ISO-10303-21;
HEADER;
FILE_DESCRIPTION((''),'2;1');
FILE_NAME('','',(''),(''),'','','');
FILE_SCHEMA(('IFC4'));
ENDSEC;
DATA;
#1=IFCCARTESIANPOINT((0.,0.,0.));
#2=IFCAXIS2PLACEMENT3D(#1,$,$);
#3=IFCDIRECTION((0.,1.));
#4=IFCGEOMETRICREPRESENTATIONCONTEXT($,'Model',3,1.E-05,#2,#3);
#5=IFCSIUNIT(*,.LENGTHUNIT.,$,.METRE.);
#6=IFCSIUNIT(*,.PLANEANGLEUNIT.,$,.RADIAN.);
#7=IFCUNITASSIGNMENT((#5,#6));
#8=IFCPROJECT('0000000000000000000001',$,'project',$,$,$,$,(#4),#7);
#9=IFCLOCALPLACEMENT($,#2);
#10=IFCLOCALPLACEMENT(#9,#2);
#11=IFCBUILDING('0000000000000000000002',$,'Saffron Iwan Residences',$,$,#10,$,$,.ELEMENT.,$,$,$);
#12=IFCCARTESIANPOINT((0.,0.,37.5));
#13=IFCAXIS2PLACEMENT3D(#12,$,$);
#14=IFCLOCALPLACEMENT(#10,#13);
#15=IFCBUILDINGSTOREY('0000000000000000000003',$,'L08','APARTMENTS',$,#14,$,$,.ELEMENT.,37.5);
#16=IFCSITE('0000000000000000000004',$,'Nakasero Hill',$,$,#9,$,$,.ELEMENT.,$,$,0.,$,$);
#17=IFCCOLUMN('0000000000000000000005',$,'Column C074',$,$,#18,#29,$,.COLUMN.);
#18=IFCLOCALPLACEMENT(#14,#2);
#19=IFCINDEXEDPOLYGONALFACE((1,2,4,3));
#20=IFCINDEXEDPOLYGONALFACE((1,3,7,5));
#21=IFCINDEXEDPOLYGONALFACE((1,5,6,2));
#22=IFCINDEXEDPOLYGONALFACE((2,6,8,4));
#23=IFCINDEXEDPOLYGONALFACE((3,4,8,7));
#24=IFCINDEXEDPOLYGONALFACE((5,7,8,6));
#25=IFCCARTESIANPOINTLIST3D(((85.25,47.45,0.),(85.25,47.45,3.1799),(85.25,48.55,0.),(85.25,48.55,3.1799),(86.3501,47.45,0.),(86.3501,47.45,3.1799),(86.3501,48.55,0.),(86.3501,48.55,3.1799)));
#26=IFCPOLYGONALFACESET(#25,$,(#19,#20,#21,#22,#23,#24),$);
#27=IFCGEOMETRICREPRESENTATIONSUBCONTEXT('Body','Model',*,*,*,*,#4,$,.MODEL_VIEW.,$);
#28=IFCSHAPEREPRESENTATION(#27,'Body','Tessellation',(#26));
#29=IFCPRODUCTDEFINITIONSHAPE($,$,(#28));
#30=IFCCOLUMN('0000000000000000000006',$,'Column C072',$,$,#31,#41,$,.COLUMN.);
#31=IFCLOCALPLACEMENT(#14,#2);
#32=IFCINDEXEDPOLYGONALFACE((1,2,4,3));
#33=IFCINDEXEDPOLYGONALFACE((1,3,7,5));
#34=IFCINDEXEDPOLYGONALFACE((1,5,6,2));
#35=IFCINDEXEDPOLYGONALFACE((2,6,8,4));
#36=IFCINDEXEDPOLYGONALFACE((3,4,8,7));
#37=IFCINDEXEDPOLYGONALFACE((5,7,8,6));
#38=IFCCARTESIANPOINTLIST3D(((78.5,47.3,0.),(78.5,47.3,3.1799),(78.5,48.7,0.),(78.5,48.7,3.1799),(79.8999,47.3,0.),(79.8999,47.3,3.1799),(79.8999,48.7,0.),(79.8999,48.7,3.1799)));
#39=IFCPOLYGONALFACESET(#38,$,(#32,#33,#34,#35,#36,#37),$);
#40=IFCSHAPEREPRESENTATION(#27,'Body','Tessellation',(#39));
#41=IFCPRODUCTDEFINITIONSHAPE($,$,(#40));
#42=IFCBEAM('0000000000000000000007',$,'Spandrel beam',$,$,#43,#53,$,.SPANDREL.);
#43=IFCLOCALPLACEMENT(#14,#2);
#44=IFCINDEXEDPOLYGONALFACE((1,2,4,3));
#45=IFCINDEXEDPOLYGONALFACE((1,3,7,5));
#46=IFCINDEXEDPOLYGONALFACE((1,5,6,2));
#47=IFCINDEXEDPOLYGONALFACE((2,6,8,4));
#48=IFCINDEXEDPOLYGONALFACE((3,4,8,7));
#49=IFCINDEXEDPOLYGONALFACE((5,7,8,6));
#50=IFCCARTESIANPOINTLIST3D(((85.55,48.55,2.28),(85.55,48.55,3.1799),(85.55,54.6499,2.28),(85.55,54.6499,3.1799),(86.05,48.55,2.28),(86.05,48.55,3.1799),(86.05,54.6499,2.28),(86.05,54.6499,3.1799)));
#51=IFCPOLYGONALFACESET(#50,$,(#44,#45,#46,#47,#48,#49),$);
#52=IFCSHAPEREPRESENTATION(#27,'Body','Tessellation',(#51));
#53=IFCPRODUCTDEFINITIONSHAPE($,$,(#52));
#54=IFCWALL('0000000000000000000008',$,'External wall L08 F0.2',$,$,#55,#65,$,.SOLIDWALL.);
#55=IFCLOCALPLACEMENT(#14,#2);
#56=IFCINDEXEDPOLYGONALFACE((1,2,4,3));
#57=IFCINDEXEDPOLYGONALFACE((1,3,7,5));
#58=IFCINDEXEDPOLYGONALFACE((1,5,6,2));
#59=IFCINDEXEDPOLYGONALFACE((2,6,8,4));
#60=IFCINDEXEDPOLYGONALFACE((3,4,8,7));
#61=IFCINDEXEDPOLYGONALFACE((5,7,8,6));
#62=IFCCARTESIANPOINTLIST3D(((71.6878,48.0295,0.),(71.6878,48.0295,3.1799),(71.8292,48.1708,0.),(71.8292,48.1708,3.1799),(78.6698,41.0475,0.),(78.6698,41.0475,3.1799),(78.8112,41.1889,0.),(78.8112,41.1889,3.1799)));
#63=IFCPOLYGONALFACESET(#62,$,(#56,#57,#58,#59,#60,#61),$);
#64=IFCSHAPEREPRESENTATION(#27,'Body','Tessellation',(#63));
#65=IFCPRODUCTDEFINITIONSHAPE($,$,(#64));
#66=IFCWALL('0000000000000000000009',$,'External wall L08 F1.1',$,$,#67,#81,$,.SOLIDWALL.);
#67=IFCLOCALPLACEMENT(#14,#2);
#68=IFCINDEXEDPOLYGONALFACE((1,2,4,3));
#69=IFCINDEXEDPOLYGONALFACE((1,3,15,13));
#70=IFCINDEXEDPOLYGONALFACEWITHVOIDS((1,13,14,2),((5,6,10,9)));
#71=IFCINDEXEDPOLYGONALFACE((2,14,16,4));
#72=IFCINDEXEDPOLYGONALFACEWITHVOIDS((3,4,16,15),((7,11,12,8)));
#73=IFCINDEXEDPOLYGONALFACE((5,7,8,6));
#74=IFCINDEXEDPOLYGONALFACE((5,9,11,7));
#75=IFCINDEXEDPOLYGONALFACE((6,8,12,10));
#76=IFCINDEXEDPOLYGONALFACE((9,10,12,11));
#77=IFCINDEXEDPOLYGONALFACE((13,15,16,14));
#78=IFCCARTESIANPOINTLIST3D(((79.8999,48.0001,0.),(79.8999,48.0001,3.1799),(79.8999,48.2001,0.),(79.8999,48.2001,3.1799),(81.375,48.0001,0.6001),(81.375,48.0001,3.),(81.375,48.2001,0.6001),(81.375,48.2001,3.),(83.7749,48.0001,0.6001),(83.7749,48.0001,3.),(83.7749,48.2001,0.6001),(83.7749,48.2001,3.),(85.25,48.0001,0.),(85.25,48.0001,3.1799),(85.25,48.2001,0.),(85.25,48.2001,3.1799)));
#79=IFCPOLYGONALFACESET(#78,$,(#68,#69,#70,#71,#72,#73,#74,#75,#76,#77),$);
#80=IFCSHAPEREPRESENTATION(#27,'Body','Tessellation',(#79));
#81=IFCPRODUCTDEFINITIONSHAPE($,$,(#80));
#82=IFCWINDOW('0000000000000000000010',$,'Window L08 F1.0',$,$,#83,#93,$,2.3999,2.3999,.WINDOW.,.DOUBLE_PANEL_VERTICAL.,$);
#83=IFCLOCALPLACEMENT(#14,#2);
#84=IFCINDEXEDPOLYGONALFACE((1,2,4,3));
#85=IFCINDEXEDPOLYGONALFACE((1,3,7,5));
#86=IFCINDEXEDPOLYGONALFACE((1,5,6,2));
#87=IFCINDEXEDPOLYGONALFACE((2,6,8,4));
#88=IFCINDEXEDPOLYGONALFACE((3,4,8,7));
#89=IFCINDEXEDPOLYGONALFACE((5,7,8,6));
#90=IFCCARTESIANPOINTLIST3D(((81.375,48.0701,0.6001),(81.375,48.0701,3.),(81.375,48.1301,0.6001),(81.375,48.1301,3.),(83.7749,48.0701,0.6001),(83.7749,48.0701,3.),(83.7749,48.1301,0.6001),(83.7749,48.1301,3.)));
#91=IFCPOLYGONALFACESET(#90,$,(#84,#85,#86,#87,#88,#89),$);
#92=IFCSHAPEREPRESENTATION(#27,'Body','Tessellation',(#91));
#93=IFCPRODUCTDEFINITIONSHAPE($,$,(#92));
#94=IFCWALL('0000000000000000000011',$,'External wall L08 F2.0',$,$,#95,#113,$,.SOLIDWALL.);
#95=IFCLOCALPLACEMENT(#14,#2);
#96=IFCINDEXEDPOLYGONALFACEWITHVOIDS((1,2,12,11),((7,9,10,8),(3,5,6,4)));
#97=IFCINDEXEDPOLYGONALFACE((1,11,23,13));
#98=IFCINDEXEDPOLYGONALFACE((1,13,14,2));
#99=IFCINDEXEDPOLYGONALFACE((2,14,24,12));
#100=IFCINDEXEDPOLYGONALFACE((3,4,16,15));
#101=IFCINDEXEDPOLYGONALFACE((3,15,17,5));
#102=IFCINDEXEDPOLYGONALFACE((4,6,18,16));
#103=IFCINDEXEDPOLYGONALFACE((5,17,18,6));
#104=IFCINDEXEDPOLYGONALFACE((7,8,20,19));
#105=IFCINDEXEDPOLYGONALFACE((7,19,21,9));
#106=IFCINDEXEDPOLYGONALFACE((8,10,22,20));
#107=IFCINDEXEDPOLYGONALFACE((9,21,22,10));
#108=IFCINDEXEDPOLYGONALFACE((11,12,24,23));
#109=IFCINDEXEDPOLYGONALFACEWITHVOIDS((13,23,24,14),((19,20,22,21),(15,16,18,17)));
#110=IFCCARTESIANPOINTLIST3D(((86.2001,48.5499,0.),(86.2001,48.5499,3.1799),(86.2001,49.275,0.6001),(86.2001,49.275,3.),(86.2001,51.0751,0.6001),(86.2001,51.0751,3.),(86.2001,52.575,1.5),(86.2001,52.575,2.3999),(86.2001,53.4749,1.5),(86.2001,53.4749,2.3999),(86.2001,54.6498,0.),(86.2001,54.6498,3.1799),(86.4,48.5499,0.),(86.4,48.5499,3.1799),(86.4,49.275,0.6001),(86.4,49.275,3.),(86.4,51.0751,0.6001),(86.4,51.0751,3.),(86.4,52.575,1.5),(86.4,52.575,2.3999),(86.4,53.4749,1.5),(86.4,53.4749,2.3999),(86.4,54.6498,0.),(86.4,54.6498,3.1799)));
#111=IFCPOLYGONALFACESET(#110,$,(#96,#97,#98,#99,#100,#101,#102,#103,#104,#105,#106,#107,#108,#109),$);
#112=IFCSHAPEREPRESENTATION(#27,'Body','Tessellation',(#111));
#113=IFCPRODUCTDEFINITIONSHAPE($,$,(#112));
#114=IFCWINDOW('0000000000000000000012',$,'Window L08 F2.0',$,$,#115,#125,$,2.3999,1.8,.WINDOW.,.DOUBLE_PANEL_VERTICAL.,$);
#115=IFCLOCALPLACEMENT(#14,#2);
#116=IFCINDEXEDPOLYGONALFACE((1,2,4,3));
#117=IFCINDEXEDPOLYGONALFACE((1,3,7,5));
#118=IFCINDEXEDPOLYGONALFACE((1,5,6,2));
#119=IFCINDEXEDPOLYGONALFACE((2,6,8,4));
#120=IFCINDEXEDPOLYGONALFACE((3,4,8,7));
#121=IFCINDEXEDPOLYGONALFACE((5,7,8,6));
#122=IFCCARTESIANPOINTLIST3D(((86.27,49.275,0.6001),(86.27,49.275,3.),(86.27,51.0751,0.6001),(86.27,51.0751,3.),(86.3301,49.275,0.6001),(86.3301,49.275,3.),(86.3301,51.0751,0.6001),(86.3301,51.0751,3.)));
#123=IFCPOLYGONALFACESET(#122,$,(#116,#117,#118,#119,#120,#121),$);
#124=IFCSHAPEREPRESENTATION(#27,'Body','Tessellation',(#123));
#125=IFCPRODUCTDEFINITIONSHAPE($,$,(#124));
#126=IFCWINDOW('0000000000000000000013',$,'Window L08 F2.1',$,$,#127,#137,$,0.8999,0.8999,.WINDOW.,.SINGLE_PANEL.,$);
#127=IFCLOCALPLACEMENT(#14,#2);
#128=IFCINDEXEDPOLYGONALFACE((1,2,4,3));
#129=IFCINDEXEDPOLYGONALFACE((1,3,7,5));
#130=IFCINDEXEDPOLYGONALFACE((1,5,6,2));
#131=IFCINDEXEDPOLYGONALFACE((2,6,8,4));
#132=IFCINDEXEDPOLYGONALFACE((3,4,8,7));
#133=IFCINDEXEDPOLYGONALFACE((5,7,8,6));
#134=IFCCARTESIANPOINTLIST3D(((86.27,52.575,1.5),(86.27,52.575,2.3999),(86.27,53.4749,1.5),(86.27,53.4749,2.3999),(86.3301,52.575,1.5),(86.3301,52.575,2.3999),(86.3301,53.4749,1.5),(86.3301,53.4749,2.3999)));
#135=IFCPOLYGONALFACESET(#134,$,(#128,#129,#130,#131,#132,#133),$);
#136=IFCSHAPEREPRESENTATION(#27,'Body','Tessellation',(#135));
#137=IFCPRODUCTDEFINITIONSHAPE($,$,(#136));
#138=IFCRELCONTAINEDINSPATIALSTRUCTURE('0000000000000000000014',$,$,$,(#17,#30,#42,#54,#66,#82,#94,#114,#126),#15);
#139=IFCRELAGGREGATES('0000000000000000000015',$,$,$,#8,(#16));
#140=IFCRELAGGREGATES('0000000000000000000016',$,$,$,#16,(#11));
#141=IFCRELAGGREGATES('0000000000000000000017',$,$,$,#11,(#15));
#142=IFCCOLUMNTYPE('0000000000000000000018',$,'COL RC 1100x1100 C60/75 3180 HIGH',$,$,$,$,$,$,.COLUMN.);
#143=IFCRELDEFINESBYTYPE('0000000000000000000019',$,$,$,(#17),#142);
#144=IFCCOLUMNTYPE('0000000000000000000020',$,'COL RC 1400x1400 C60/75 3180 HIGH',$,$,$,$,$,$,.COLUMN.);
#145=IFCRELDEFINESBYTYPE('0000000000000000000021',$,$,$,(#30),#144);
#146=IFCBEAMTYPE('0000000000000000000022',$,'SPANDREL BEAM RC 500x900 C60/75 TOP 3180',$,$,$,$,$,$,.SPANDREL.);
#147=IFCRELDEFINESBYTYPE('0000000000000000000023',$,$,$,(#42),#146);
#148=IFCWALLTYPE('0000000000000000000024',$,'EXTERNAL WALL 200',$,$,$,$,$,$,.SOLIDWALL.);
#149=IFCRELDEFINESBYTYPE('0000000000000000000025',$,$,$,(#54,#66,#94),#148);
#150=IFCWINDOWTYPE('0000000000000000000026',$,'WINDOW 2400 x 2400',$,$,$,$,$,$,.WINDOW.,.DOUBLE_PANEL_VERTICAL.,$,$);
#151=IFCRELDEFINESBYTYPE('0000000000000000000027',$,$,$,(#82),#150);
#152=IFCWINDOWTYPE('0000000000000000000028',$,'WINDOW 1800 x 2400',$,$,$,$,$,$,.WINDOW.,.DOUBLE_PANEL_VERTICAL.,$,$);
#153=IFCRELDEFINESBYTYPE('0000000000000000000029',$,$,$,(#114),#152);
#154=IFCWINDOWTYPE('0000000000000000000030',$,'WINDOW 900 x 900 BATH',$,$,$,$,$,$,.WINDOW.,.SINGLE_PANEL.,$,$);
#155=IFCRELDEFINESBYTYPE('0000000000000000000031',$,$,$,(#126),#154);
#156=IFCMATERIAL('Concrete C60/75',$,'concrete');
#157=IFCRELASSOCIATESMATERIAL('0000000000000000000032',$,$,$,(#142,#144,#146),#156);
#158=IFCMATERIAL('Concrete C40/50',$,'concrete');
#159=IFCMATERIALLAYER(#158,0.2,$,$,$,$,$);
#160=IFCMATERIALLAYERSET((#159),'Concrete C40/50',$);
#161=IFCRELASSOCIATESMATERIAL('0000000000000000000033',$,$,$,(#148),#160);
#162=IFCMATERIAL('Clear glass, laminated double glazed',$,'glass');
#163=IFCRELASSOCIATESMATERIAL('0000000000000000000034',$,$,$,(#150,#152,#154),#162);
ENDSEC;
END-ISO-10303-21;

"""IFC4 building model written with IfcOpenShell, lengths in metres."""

from ifc_helpers import new_model, si_unit, direction, frame, frame_2d, origin, origin_2d, place, context, subcontext, project, spatial, rectangle, extrude, source, transform, mapped, material, layer, layer_set, material_profile, profile_set, type_object, element, fill, save


model = new_model("IFC4")

# Units and contexts
model_context = context("Model", 3, precision=1e-05, world=origin(), true_north=direction((0.0, 1.0)))
body_context = subcontext(model_context, "Body", "Model", "MODEL_VIEW")
ifc_project = project(units=[si_unit("LENGTHUNIT", "METRE"), si_unit("PLANEANGLEUNIT", "RADIAN")], contexts=[model_context])

# Site, building, storey
site_placement = place(None, origin())
site = spatial("IfcSite", under=ifc_project, at=site_placement, Name="Nakasero Hill", CompositionType="ELEMENT", RefElevation=0.0)
building_placement = place(site_placement, origin())
building = spatial("IfcBuilding", under=site, at=building_placement, Name="Saffron Iwan Residences", CompositionType="ELEMENT")
storey_placement = place(building_placement, frame((0.0, 0.0, 37.5)))
storey = spatial("IfcBuildingStorey", under=building, at=storey_placement, Name="L08", Description="APARTMENTS", CompositionType="ELEMENT", Elevation=37.5)

# Columns
ifc_material_1 = material(Name="Concrete C60/75", Category="concrete")
ifc_material_profile_1 = material_profile(ifc_material_1, rectangle(XDim=1.1001, YDim=1.1001, at=origin_2d()), Name="RC 1100x1100")
ifc_profile_set_1 = profile_set([ifc_material_profile_1], Name="Concrete C60/75")
column_type_1 = type_object("IfcColumnType", Name="COL RC 1100x1100 C60/75 3180 HIGH", PredefinedType="COLUMN", material=ifc_profile_set_1)
shared_shape_1 = source(origin(), body_context, "Body", "SweptSolid", [
    extrude(rectangle(XDim=1.1001, YDim=1.1001, at=origin_2d()), origin(), (0.0, 0.0, 1.0), 3.1799),
])
column_1_placement = place(storey_placement, frame((85.8, 48.0, 0.0), z_axis=(0.0, 0.0, 1.0), x_axis=(1.0, 0.0, 0.0)))
element("IfcColumn", 1, at=column_1_placement, inside=storey, type_object=column_type_1, Name="Column C074", PredefinedType="COLUMN", context=body_context, shape_type="MappedRepresentation", body=[
    mapped(shared_shape_1, transform((0.0, 0.0, 0.0))),
])
ifc_material_profile_2 = material_profile(ifc_material_1, rectangle(XDim=1.3999, YDim=1.3999, at=origin_2d()), Name="RC 1400x1400")
ifc_profile_set_2 = profile_set([ifc_material_profile_2], Name="Concrete C60/75")
column_type_2 = type_object("IfcColumnType", Name="COL RC 1400x1400 C60/75 3180 HIGH", PredefinedType="COLUMN", material=ifc_profile_set_2)
shared_shape_2 = source(origin(), body_context, "Body", "SweptSolid", [
    extrude(rectangle(XDim=1.3999, YDim=1.3999, at=origin_2d()), origin(), (0.0, 0.0, 1.0), 3.1799),
])
column_2_placement = place(storey_placement, frame((79.2, 48.0, 0.0), z_axis=(0.0, 0.0, 1.0), x_axis=(1.0, 0.0, 0.0)))
element("IfcColumn", 2, at=column_2_placement, inside=storey, type_object=column_type_2, Name="Column C072", PredefinedType="COLUMN", context=body_context, shape_type="MappedRepresentation", body=[
    mapped(shared_shape_2, transform((0.0, 0.0, 0.0))),
])

# Beam
ifc_material_profile_3 = material_profile(ifc_material_1, rectangle(XDim=0.5, YDim=0.8999, at=origin_2d()), Name="RC 500x900")
ifc_profile_set_3 = profile_set([ifc_material_profile_3], Name="Concrete C60/75")
beam_type = type_object("IfcBeamType", Name="SPANDREL BEAM RC 500x900 C60/75 TOP 3180", PredefinedType="SPANDREL", material=ifc_profile_set_3)
shared_shape_3 = source(origin(), body_context, "Body", "SweptSolid", [
    extrude(rectangle(XDim=0.5, YDim=0.8999, at=origin_2d()), origin(), (0.0, 0.0, 1.0), 6.0999),
])
beam_placement = place(storey_placement, frame((85.8, 54.6499, 2.73), z_axis=(0.0, -1.0, 0.0), x_axis=(1.0, 0.0, 0.0)))
element("IfcBeam", 3, at=beam_placement, inside=storey, type_object=beam_type, Name="Spandrel beam", PredefinedType="SPANDREL", context=body_context, shape_type="MappedRepresentation", body=[
    mapped(shared_shape_3, transform((0.0, 0.0, 0.0))),
])

# Wall
ifc_material_2 = material(Name="Concrete C40/50", Category="concrete")
ifc_layer_1 = layer(ifc_material_2, 0.2)
ifc_layer_set_1 = layer_set([ifc_layer_1], Name="Concrete C40/50")
wall_type_1 = type_object("IfcWallType", Name="EXTERNAL WALL 200", PredefinedType="SOLIDWALL", material=ifc_layer_set_1)
wall_1_placement = place(storey_placement, frame((78.7405, 41.1182, 0.0), z_axis=(0.0, 0.0, 1.0), x_axis=(-0.707107, 0.707107, 0.0)))
element("IfcWall", 4, at=wall_1_placement, inside=storey, type_object=wall_type_1, Name="External wall L08 F0.2", PredefinedType="SOLIDWALL", context=body_context, shape_type="SweptSolid", body=[
    extrude(rectangle(XDim=9.874, YDim=0.2, at=frame_2d((4.937, 0.0))), origin(), (0.0, 0.0, 1.0), 3.1799),
])

# Wall, opening, window
wall_2_placement = place(storey_placement, frame((79.8999, 48.1001, 0.0), z_axis=(0.0, 0.0, 1.0), x_axis=(1.0, 0.0, 0.0)))
wall_2 = element("IfcWall", 5, at=wall_2_placement, inside=storey, type_object=wall_type_1, Name="External wall L08 F1.1", PredefinedType="SOLIDWALL", context=body_context, shape_type="SweptSolid", body=[
    extrude(rectangle(XDim=5.3501, YDim=0.2, at=frame_2d((2.675, 0.0))), origin(), (0.0, 0.0, 1.0), 3.1799),
])
opening_1_placement = place(wall_2_placement, frame((1.4751, 0.0, 0.6001)))
opening_1 = element("IfcOpeningElement", 6, at=opening_1_placement, cuts=wall_2, PredefinedType="OPENING", context=body_context, shape_type="SweptSolid", body=[
    extrude(rectangle(XDim=2.3999, YDim=2.3999, at=frame_2d((1.2, 1.2))), frame((0.0, 0.1099, 0.0), z_axis=(0.0, -1.0, 0.0), x_axis=(1.0, 0.0, 0.0)), (0.0, 0.0, 1.0), 0.22),
])
ifc_material_3 = material(Name="Clear glass, laminated double glazed", Category="glass")
window_type_1 = type_object("IfcWindowType", Name="WINDOW 2400 x 2400", PartitioningType="DOUBLE_PANEL_VERTICAL", PredefinedType="WINDOW", material=ifc_material_3)
window_1_placement = place(opening_1_placement, origin())
window_1 = element("IfcWindow", 7, at=window_1_placement, inside=storey, type_object=window_type_1, Name="Window L08 F1.0", OverallHeight=2.3999, OverallWidth=2.3999, PartitioningType="DOUBLE_PANEL_VERTICAL", PredefinedType="WINDOW", context=body_context, shape_type="SweptSolid", body=[
    extrude(rectangle(XDim=2.3999, YDim=2.3999, at=frame_2d((1.2, 1.2))), frame((0.0, 0.03, 0.0), z_axis=(0.0, -1.0, 0.0), x_axis=(1.0, 0.0, 0.0)), (0.0, 0.0, 1.0), 0.0601),
])
fill(opening_1, window_1)

# Wall, openings, windows
wall_3_placement = place(storey_placement, frame((86.3, 48.55, 0.0), z_axis=(0.0, 0.0, 1.0), x_axis=(0.0, 1.0, 0.0)))
wall_3 = element("IfcWall", 8, at=wall_3_placement, inside=storey, type_object=wall_type_1, Name="External wall L08 F2.0", PredefinedType="SOLIDWALL", context=body_context, shape_type="SweptSolid", body=[
    extrude(rectangle(XDim=6.0999, YDim=0.2, at=frame_2d((3.0498, 0.0))), origin(), (0.0, 0.0, 1.0), 3.1799),
])
opening_2_placement = place(wall_3_placement, frame((0.7251, 0.0, 0.6001)))
opening_2 = element("IfcOpeningElement", 9, at=opening_2_placement, cuts=wall_3, PredefinedType="OPENING", context=body_context, shape_type="SweptSolid", body=[
    extrude(rectangle(XDim=1.8, YDim=2.3999, at=frame_2d((0.8999, 1.2))), frame((0.0, 0.1099, 0.0), z_axis=(0.0, -1.0, 0.0), x_axis=(1.0, 0.0, 0.0)), (0.0, 0.0, 1.0), 0.22),
])
opening_3_placement = place(wall_3_placement, frame((4.0249, 0.0, 1.5)))
opening_3 = element("IfcOpeningElement", 10, at=opening_3_placement, cuts=wall_3, PredefinedType="OPENING", context=body_context, shape_type="SweptSolid", body=[
    extrude(rectangle(XDim=0.8999, YDim=0.8999, at=frame_2d((0.45, 0.45))), frame((0.0, 0.1099, 0.0), z_axis=(0.0, -1.0, 0.0), x_axis=(1.0, 0.0, 0.0)), (0.0, 0.0, 1.0), 0.22),
])
window_type_2 = type_object("IfcWindowType", Name="WINDOW 1800 x 2400", PartitioningType="DOUBLE_PANEL_VERTICAL", PredefinedType="WINDOW", material=ifc_material_3)
window_2_placement = place(opening_2_placement, origin())
window_2 = element("IfcWindow", 11, at=window_2_placement, inside=storey, type_object=window_type_2, Name="Window L08 F2.0", OverallHeight=2.3999, OverallWidth=1.8, PartitioningType="DOUBLE_PANEL_VERTICAL", PredefinedType="WINDOW", context=body_context, shape_type="SweptSolid", body=[
    extrude(rectangle(XDim=1.8, YDim=2.3999, at=frame_2d((0.8999, 1.2))), frame((0.0, 0.03, 0.0), z_axis=(0.0, -1.0, 0.0), x_axis=(1.0, 0.0, 0.0)), (0.0, 0.0, 1.0), 0.0601),
])
fill(opening_2, window_2)
window_type_3 = type_object("IfcWindowType", Name="WINDOW 900 x 900 BATH", PartitioningType="SINGLE_PANEL", PredefinedType="WINDOW", material=ifc_material_3)
window_3_placement = place(opening_3_placement, origin())
window_3 = element("IfcWindow", 12, at=window_3_placement, inside=storey, type_object=window_type_3, Name="Window L08 F2.1", OverallHeight=0.8999, OverallWidth=0.8999, PartitioningType="SINGLE_PANEL", PredefinedType="WINDOW", context=body_context, shape_type="SweptSolid", body=[
    extrude(rectangle(XDim=0.8999, YDim=0.8999, at=frame_2d((0.45, 0.45))), frame((0.0, 0.03, 0.0), z_axis=(0.0, -1.0, 0.0), x_axis=(1.0, 0.0, 0.0)), (0.0, 0.0, 1.0), 0.0601),
])
fill(opening_3, window_3)

save(model, "model.ifc")
